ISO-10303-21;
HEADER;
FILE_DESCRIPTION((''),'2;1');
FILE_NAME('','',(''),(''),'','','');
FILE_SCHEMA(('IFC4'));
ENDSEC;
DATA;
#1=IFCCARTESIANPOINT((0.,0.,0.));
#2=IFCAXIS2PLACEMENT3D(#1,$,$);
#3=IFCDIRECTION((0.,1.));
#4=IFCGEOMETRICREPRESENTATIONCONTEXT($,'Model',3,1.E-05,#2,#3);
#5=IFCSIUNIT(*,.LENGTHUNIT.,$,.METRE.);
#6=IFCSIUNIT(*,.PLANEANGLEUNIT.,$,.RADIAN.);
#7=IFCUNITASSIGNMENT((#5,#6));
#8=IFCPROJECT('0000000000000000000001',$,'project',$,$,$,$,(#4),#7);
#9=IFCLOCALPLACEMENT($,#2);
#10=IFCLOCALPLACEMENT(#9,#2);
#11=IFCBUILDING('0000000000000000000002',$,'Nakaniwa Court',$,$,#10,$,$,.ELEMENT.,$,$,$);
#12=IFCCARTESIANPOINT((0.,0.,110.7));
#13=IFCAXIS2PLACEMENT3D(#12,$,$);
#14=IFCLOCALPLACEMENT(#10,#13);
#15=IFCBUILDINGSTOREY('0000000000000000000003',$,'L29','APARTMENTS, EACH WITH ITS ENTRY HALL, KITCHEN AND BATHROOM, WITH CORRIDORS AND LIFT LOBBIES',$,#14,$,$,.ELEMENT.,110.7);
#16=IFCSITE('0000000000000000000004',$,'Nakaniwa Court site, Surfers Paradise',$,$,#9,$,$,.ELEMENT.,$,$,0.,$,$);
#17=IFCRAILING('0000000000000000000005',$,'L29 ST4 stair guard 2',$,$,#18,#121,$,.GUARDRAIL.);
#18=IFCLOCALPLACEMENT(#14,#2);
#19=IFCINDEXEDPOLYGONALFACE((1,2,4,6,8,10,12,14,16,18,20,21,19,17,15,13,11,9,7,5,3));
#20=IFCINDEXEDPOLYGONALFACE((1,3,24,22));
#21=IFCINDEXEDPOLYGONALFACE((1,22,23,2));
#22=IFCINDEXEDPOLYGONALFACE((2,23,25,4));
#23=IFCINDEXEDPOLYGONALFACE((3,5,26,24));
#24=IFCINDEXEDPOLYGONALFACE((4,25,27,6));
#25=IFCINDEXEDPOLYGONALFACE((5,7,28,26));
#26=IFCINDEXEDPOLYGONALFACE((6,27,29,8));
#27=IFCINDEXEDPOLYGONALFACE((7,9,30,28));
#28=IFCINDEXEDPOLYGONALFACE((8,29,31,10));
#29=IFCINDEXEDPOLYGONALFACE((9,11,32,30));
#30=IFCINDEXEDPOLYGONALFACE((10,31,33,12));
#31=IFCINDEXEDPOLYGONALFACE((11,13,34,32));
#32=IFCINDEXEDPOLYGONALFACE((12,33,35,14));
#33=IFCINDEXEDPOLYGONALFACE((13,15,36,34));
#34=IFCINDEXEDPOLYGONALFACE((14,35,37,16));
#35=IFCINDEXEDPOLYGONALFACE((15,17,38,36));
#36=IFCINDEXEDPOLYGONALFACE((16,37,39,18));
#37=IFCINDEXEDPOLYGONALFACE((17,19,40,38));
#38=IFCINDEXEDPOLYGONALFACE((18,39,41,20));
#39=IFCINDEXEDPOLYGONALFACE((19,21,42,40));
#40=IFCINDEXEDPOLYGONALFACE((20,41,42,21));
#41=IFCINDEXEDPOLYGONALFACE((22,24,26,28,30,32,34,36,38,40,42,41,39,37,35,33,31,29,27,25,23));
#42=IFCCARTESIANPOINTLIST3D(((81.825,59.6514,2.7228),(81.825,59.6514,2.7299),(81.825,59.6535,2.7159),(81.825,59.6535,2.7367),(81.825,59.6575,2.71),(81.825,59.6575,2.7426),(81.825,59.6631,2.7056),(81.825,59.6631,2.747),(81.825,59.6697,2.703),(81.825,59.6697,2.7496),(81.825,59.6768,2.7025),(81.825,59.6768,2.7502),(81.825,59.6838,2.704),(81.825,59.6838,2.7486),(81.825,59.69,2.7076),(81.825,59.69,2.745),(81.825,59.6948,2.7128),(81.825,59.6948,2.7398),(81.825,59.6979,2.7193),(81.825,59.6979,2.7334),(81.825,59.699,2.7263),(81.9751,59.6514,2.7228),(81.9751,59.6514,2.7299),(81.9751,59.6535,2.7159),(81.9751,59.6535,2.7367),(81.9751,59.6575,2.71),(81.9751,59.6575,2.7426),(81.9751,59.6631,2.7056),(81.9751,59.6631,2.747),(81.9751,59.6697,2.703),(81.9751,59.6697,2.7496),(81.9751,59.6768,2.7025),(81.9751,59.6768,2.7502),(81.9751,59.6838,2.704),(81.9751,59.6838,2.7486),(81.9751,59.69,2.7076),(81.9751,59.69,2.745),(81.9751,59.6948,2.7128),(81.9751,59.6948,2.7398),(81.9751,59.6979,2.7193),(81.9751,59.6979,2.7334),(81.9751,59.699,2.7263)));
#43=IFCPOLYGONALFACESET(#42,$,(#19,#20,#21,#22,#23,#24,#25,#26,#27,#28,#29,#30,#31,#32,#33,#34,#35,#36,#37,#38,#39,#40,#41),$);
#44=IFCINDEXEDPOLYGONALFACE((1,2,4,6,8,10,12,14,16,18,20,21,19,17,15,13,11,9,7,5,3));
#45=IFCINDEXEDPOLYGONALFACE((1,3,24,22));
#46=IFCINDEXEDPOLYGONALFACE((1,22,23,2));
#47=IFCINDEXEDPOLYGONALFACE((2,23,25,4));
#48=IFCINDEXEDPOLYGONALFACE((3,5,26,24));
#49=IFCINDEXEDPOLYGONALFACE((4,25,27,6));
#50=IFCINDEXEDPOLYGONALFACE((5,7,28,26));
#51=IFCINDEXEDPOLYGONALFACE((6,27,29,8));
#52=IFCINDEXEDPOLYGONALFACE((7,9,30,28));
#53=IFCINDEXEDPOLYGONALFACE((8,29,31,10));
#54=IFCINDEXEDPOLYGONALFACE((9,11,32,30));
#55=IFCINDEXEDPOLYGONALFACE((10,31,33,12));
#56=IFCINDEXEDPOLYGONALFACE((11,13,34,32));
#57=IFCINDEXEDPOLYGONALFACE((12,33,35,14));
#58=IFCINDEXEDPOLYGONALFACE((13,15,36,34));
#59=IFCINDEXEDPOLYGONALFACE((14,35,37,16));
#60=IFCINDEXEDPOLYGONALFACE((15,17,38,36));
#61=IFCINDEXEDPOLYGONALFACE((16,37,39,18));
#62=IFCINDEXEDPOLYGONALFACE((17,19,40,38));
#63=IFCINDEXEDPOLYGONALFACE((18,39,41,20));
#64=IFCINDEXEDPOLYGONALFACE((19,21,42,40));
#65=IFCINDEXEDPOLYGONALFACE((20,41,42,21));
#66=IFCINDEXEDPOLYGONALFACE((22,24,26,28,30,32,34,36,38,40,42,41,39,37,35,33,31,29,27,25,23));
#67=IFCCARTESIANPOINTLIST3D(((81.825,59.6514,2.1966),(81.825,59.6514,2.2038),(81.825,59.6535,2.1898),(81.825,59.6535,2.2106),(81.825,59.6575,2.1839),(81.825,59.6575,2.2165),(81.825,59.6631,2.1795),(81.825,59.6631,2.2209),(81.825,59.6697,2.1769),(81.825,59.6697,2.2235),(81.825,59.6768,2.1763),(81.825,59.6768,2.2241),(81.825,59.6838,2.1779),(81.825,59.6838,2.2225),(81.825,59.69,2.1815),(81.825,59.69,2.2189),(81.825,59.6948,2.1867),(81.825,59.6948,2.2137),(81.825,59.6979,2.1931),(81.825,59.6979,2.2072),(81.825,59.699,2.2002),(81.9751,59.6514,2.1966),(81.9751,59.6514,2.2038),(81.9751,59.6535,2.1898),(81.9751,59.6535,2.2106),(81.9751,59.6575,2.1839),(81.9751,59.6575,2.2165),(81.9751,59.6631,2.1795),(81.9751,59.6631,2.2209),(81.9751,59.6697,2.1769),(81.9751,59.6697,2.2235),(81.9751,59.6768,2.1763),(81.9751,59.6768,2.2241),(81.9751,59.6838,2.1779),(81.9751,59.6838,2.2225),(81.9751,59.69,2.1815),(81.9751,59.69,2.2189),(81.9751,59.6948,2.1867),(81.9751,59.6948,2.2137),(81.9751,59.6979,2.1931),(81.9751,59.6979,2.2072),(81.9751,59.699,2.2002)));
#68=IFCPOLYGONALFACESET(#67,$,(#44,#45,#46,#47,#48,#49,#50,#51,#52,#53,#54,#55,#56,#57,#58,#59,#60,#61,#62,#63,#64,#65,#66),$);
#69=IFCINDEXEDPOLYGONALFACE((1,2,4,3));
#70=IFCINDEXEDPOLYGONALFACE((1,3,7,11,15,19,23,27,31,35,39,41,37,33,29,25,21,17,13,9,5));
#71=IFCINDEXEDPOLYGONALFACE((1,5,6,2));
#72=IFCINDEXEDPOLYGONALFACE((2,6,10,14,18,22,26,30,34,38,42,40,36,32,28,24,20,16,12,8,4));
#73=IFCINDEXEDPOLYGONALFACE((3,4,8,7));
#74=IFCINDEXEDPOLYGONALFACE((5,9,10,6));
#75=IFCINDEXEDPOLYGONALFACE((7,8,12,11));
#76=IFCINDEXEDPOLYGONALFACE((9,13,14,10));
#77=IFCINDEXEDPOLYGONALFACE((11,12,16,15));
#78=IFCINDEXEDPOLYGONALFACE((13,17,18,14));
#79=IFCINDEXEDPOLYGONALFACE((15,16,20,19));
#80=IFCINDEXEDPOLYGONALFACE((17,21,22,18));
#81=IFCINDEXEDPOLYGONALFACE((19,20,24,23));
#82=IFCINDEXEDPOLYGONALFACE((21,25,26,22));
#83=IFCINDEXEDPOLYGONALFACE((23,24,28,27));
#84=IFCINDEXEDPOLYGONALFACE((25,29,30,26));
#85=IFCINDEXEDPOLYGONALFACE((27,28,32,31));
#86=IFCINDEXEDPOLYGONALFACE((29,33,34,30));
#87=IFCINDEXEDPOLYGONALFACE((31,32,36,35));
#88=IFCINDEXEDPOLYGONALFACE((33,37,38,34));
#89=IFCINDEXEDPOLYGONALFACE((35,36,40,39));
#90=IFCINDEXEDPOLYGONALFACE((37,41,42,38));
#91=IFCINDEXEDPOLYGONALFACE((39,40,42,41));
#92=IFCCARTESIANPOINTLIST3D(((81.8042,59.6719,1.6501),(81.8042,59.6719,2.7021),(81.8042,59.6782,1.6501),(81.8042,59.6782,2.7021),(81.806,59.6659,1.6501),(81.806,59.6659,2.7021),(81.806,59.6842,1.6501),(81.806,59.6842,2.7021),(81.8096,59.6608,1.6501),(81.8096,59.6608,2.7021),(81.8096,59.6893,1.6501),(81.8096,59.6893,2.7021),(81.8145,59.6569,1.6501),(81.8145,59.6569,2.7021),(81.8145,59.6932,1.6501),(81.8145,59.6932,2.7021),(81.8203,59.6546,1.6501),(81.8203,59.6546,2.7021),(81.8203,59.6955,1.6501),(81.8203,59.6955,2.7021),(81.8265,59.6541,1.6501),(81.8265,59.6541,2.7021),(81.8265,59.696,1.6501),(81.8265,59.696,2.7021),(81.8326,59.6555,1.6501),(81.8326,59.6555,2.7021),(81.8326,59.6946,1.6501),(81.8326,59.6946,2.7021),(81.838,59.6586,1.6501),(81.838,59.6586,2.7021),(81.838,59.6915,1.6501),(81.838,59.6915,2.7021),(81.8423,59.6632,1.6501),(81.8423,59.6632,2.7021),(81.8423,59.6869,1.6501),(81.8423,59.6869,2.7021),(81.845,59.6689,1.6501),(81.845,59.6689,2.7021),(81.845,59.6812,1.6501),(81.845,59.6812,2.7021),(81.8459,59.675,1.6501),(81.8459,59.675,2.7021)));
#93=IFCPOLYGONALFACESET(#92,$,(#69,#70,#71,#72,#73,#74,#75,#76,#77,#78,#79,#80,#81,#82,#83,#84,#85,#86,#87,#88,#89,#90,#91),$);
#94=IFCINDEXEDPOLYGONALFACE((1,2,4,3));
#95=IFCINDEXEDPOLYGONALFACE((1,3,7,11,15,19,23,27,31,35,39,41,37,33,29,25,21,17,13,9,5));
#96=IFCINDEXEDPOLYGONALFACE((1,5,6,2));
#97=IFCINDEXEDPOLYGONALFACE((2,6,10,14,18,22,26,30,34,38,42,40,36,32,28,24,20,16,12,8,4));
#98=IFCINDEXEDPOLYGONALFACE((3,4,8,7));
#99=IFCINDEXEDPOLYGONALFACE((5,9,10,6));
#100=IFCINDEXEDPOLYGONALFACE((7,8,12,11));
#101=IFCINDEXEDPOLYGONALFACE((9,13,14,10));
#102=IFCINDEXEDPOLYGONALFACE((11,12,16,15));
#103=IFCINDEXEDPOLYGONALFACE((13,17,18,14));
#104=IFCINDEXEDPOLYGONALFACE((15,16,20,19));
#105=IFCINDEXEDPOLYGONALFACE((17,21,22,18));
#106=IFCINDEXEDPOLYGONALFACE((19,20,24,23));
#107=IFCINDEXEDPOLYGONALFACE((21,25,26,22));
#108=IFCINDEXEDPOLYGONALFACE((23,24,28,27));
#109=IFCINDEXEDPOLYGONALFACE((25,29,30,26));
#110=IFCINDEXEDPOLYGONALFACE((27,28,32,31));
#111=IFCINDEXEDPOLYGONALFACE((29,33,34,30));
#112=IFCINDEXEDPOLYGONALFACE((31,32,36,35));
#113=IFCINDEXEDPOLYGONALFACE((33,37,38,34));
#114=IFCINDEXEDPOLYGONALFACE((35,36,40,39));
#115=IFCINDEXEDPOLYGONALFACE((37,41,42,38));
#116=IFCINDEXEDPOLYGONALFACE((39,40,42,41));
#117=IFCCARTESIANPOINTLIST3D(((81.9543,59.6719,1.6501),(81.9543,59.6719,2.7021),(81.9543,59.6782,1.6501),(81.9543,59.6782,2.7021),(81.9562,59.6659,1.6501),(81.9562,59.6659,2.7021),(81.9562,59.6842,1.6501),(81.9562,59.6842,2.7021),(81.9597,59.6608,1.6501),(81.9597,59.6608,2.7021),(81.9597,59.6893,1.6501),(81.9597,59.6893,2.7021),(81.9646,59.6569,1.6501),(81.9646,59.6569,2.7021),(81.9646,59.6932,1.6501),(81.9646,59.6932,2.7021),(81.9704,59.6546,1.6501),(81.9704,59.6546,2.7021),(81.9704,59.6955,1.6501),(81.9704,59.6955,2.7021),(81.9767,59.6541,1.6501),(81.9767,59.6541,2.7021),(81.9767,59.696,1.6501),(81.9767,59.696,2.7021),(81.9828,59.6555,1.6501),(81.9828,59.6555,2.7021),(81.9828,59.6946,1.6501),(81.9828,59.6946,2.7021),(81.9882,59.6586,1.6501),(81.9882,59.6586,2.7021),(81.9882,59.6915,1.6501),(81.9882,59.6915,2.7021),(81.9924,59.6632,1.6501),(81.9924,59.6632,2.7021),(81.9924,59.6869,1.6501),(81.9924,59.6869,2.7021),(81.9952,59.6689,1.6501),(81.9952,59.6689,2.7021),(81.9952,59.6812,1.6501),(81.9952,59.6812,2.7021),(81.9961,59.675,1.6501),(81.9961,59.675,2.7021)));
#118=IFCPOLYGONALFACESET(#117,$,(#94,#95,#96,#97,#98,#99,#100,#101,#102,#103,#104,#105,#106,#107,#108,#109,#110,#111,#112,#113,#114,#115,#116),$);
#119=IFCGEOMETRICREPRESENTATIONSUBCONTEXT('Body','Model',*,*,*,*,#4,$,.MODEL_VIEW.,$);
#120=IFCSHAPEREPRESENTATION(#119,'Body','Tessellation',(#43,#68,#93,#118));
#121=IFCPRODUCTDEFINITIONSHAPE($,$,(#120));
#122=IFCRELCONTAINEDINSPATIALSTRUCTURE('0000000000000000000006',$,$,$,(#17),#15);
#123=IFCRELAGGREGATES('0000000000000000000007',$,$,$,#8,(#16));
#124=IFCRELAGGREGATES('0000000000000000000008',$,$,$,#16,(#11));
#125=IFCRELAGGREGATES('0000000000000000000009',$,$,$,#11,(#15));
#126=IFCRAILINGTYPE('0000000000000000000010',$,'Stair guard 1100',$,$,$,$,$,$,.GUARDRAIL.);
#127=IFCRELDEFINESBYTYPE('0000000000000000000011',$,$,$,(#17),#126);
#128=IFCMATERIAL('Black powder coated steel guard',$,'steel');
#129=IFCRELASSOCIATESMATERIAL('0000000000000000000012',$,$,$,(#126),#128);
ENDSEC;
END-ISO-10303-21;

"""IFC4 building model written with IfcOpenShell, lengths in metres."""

from ifc_helpers import new_model, si_unit, direction, frame, origin, origin_2d, place, context, subcontext, project, spatial, circle, extrude, material, type_object, element, save


model = new_model("IFC4")

# Units and contexts
model_context = context("Model", 3, precision=1e-05, world=origin(), true_north=direction((0.0, 1.0)))
body_context = subcontext(model_context, "Body", "Model", "MODEL_VIEW")
ifc_project = project(units=[si_unit("LENGTHUNIT", "METRE"), si_unit("PLANEANGLEUNIT", "RADIAN")], contexts=[model_context])

# Site, building, storey
site_placement = place(None, origin())
site = spatial("IfcSite", under=ifc_project, at=site_placement, Name="Nakaniwa Court site, Surfers Paradise", CompositionType="ELEMENT", RefElevation=0.0)
building_placement = place(site_placement, origin())
building = spatial("IfcBuilding", under=site, at=building_placement, Name="Nakaniwa Court", CompositionType="ELEMENT")
storey_placement = place(building_placement, frame((0.0, 0.0, 110.7)))
storey = spatial("IfcBuildingStorey", under=building, at=storey_placement, Name="L29", Description="APARTMENTS, EACH WITH ITS ENTRY HALL, KITCHEN AND BATHROOM, WITH CORRIDORS AND LIFT LOBBIES", CompositionType="ELEMENT", Elevation=110.7)

# Railing
ifc_material_1 = material(Name="Black powder coated steel guard", Category="steel")
railing_type_1 = type_object("IfcRailingType", Name="Stair guard 1100", PredefinedType="GUARDRAIL", material=ifc_material_1)
railing_1_placement = place(storey_placement, frame((81.825, 59.675, 1.6501)))
element("IfcRailing", 1, at=railing_1_placement, inside=storey, type_object=railing_type_1, Name="L29 ST4 stair guard 2", PredefinedType="GUARDRAIL", context=body_context, shape_type="SweptSolid", body=[
    extrude(circle(Radius=0.0239, at=origin_2d()), frame((0.0, 0.0, 1.0762), z_axis=(1.0, 0.0, 0.0), x_axis=(0.0, 1.0, 0.0)), (0.0, 0.0, 1.0), 0.1501),
    extrude(circle(Radius=0.0239, at=origin_2d()), frame((0.0, 0.0, 0.55), z_axis=(1.0, 0.0, 0.0), x_axis=(0.0, 1.0, 0.0)), (0.0, 0.0, 1.0), 0.1501),
    extrude(circle(Radius=0.021, at=origin_2d()), origin(), (0.0, 0.0, 1.0), 1.052),
    extrude(circle(Radius=0.021, at=origin_2d()), frame((0.1501, 0.0, 0.0)), (0.0, 0.0, 1.0), 1.052),
])

save(model, "model.ifc")
